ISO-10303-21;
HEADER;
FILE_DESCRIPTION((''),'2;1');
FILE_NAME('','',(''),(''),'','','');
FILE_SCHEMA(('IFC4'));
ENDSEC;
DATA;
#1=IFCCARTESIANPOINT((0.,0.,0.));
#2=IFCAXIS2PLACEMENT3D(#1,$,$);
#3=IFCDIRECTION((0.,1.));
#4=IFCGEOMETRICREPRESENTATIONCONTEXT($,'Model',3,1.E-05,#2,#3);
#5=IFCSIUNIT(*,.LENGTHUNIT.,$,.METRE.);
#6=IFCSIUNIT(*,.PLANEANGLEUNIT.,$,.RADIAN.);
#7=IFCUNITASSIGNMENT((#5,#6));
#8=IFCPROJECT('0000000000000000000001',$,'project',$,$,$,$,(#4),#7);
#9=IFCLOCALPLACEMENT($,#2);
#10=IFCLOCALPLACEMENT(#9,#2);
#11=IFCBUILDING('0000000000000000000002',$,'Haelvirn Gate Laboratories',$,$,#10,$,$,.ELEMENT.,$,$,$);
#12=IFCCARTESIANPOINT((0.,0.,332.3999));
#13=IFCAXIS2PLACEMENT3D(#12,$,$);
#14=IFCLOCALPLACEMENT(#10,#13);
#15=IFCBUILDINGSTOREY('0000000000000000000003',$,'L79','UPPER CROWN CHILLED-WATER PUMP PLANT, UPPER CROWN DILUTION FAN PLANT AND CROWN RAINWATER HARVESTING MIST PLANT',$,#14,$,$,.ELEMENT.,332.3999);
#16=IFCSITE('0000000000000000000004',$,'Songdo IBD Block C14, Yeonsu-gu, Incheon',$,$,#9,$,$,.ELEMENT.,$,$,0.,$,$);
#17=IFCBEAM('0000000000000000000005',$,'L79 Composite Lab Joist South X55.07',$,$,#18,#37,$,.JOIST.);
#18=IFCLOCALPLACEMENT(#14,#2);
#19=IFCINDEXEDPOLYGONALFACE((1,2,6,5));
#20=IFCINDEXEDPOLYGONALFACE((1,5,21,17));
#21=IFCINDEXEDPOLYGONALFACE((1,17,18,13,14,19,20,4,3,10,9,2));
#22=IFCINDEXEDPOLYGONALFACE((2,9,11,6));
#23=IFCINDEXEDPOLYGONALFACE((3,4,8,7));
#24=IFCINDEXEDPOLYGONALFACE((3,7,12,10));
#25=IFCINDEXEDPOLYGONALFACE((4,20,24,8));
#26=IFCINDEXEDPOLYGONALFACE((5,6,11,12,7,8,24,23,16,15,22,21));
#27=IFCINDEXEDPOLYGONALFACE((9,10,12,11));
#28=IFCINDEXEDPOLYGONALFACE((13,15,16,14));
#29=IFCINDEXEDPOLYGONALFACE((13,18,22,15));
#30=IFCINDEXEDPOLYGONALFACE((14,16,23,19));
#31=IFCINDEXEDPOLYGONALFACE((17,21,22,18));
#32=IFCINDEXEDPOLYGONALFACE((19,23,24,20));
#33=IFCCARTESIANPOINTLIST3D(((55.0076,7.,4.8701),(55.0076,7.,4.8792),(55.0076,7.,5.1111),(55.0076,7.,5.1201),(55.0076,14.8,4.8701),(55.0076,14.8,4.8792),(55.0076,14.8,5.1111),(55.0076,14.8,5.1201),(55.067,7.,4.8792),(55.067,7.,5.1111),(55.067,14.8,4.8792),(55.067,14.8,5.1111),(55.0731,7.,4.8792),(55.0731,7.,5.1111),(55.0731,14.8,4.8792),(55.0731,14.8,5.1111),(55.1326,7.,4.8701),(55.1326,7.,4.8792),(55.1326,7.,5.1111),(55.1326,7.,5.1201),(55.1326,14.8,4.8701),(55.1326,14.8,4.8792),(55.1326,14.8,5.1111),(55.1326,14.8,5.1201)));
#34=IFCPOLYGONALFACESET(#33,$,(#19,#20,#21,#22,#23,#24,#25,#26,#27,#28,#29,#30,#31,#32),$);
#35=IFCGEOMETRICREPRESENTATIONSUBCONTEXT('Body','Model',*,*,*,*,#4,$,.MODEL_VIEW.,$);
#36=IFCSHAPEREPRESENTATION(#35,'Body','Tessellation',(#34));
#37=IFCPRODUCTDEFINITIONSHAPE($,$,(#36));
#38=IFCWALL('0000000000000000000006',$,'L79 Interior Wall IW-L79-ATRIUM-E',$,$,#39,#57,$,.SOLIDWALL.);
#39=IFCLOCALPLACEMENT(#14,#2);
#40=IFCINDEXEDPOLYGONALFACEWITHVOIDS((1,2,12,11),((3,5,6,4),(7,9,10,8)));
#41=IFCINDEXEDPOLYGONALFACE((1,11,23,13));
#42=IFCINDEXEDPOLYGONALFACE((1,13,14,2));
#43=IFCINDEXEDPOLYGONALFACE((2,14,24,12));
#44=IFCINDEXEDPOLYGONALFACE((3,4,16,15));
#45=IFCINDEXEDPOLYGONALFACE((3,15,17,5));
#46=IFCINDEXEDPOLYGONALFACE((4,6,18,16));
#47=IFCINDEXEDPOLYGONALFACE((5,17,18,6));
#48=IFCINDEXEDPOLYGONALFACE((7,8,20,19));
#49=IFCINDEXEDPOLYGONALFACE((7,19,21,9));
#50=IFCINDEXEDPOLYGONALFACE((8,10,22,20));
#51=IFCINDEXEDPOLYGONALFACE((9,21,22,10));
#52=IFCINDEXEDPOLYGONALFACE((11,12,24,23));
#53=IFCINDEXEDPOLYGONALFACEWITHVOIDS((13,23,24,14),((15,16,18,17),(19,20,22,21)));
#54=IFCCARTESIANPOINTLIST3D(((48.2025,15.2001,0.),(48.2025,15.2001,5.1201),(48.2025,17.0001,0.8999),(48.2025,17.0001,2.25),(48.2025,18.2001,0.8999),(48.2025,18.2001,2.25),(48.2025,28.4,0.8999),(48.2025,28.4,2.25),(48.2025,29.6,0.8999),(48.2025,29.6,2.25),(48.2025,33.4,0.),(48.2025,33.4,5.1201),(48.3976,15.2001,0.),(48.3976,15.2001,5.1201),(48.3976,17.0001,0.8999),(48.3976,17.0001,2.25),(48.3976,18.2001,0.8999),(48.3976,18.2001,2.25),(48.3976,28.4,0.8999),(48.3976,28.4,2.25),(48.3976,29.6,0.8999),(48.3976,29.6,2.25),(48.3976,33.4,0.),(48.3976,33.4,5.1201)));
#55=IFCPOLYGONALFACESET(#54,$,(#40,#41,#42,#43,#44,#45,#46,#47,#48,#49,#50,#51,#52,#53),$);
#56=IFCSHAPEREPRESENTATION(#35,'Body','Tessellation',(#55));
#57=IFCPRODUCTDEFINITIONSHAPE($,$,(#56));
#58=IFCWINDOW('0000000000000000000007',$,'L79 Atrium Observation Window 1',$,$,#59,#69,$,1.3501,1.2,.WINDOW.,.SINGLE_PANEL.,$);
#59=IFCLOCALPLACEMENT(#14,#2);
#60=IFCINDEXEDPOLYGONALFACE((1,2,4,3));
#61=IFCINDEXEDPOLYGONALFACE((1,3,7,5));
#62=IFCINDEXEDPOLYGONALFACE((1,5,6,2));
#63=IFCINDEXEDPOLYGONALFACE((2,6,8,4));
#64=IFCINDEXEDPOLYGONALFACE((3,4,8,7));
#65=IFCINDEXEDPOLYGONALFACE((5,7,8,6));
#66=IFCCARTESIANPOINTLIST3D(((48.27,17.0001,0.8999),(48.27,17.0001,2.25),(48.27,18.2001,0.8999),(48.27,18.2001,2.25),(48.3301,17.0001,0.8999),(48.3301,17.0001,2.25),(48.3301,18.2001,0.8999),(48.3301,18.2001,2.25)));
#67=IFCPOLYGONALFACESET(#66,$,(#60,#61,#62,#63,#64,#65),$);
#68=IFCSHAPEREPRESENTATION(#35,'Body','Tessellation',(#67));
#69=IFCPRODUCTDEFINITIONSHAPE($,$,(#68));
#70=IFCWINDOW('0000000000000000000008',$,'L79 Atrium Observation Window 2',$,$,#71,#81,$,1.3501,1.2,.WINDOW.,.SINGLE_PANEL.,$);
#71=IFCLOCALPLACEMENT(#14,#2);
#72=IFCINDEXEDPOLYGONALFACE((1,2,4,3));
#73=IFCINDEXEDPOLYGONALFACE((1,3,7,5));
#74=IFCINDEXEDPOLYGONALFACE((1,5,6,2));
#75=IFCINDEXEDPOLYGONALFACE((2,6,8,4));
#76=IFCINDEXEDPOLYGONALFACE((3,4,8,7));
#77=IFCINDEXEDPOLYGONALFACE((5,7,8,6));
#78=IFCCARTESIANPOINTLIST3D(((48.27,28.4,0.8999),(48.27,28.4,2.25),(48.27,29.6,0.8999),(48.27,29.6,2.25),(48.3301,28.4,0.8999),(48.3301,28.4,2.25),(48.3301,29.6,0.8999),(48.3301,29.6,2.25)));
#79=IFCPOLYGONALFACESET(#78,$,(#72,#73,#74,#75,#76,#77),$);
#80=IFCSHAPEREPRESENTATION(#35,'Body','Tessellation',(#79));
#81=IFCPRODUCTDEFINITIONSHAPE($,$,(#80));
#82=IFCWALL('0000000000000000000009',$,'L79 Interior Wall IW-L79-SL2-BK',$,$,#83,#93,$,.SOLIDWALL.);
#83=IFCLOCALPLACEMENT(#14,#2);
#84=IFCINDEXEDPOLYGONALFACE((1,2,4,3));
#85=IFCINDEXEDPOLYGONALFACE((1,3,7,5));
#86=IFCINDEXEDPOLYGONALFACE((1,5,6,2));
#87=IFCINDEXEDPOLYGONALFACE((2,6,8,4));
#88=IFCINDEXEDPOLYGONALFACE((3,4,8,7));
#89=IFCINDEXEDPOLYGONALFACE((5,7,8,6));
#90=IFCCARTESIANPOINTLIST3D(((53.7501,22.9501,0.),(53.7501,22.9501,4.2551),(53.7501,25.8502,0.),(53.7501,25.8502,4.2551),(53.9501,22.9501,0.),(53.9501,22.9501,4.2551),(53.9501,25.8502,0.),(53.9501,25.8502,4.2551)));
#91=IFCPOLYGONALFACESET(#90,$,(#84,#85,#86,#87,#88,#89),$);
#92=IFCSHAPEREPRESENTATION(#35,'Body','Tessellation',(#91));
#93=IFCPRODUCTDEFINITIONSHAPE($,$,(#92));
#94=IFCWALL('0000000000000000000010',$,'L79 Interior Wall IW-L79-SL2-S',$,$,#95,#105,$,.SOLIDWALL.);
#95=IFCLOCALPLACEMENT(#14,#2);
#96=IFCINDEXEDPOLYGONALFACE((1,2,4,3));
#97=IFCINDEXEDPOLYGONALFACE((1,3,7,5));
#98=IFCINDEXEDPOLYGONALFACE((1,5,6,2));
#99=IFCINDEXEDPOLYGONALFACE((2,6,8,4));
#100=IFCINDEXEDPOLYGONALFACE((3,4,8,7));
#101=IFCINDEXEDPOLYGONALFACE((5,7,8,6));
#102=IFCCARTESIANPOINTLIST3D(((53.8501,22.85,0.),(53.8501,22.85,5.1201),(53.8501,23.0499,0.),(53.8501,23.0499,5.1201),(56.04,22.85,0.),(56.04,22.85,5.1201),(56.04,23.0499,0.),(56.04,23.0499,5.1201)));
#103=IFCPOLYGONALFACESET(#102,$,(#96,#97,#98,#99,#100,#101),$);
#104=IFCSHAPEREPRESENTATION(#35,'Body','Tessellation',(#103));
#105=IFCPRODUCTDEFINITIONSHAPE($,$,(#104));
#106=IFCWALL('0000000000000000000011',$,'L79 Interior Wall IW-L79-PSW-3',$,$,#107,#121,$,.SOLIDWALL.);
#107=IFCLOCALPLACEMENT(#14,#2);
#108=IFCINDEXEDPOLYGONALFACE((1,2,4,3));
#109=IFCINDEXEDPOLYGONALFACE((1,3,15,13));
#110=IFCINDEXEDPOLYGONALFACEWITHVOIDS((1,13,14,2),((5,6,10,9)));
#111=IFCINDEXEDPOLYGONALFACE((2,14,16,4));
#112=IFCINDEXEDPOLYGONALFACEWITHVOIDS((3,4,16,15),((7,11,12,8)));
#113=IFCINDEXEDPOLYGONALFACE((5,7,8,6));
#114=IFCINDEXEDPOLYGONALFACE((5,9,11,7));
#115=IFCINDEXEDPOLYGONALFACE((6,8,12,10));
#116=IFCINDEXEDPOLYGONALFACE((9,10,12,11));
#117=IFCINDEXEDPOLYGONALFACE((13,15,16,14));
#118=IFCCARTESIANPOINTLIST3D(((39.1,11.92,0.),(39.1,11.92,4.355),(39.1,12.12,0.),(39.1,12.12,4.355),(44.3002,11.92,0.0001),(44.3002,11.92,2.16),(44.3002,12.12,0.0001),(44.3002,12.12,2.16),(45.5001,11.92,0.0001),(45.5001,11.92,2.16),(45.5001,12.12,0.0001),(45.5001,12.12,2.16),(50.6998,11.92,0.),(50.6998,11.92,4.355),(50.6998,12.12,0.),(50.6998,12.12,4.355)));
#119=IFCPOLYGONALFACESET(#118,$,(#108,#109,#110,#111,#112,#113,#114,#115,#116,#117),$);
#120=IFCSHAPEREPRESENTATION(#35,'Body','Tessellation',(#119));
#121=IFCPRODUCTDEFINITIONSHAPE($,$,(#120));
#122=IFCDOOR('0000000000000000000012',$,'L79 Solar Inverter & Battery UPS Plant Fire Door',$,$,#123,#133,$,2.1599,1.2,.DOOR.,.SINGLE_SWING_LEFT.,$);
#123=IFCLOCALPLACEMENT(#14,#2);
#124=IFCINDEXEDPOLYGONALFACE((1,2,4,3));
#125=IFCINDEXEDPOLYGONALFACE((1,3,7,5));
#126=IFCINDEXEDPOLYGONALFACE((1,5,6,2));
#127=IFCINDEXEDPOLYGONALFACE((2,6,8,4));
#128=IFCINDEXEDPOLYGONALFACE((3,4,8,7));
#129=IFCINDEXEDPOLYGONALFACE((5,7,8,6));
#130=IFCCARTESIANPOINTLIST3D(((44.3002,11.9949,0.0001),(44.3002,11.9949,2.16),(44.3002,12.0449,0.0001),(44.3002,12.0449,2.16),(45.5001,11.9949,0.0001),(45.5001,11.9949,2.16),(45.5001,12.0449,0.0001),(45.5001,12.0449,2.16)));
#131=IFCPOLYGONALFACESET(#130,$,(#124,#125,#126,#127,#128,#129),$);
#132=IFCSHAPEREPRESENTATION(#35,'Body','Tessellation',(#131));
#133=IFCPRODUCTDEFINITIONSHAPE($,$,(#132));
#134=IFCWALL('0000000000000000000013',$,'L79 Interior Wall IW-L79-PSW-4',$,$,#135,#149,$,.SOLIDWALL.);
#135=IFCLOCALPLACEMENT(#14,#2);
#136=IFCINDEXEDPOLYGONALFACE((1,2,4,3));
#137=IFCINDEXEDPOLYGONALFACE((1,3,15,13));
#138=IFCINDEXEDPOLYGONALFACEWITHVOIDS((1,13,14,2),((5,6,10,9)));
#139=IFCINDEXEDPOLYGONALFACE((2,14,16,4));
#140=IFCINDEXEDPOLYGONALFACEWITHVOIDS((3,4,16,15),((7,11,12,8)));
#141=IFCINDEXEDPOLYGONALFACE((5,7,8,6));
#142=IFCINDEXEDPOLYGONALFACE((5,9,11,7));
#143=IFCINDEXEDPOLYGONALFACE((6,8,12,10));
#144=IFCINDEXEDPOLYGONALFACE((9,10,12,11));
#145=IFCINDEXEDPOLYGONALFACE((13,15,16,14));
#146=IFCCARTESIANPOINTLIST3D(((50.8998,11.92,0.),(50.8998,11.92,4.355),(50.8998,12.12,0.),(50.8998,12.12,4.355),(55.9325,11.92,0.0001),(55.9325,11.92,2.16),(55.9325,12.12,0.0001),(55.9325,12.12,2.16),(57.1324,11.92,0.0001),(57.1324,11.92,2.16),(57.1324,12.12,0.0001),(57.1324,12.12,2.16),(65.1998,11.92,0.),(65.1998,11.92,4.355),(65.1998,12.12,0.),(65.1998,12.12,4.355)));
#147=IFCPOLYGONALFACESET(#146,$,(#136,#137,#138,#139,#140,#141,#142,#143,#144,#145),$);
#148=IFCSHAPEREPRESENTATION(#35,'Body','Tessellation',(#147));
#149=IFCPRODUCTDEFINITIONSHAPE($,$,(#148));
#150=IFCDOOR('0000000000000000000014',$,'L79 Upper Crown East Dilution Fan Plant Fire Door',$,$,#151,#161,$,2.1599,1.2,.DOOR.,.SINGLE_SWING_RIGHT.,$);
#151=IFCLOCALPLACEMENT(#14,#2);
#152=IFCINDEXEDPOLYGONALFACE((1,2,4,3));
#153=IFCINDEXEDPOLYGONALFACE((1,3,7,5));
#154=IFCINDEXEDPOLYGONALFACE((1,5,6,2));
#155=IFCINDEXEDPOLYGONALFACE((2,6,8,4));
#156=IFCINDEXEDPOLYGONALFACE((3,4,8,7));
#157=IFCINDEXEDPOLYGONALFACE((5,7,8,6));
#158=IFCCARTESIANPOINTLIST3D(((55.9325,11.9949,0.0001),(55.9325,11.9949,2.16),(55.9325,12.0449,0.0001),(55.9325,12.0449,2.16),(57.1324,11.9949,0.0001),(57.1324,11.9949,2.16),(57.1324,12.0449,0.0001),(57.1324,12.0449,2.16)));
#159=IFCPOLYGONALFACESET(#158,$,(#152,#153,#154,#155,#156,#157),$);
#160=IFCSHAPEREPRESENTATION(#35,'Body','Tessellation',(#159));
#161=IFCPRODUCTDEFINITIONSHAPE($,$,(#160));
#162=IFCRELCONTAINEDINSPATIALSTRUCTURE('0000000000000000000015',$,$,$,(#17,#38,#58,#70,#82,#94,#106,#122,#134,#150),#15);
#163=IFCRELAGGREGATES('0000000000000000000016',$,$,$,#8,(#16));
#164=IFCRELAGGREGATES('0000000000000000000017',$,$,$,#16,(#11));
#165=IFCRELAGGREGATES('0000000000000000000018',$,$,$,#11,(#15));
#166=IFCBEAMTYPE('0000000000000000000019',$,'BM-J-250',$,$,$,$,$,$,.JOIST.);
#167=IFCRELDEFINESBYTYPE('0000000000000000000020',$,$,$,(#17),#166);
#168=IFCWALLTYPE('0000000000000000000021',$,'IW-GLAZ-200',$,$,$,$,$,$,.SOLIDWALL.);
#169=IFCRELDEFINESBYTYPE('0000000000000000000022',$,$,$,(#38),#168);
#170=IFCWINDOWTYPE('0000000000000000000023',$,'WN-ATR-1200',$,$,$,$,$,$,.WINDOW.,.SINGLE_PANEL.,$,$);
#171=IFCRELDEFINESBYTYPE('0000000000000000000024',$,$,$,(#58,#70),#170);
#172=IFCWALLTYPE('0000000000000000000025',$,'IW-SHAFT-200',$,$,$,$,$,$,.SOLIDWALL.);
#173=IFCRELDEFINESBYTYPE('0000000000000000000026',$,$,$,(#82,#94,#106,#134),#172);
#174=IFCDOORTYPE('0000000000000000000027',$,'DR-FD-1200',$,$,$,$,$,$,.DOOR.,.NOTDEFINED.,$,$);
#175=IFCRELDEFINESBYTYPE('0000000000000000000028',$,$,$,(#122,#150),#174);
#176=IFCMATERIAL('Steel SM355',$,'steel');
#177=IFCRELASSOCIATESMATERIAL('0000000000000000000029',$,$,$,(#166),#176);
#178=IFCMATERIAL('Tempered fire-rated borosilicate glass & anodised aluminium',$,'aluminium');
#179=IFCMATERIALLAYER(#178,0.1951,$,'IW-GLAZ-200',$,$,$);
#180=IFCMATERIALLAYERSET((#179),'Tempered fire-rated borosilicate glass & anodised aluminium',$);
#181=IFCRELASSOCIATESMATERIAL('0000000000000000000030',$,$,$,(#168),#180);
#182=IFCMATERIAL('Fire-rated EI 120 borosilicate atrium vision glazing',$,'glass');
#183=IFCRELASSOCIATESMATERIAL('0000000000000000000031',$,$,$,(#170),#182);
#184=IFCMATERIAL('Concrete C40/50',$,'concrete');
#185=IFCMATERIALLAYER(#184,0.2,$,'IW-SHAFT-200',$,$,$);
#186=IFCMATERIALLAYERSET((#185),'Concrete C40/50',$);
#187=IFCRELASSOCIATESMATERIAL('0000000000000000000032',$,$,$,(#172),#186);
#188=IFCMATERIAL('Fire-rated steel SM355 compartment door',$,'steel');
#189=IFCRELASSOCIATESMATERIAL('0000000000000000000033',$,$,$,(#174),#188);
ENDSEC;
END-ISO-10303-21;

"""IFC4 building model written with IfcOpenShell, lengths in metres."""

from ifc_helpers import new_model, si_unit, direction, frame, frame_2d, origin, origin_2d, place, context, subcontext, project, spatial, rectangle, i_section, extrude, source, transform, mapped, material, layer, layer_set, material_profile, profile_set, type_object, type_shapes, element, fill, save


model = new_model("IFC4")

# Units and contexts
model_context = context("Model", 3, precision=1e-05, world=origin(), true_north=direction((0.0, 1.0)))
body_context = subcontext(model_context, "Body", "Model", "MODEL_VIEW")
ifc_project = project(units=[si_unit("LENGTHUNIT", "METRE"), si_unit("PLANEANGLEUNIT", "RADIAN")], contexts=[model_context])

# Site, building, storey
site_placement = place(None, origin())
site = spatial("IfcSite", under=ifc_project, at=site_placement, Name="Songdo IBD Block C14, Yeonsu-gu, Incheon", CompositionType="ELEMENT", RefElevation=0.0)
building_placement = place(site_placement, origin())
building = spatial("IfcBuilding", under=site, at=building_placement, Name="Haelvirn Gate Laboratories", CompositionType="ELEMENT")
storey_placement = place(building_placement, frame((0.0, 0.0, 332.3999)))
storey = spatial("IfcBuildingStorey", under=building, at=storey_placement, Name="L79", Description="UPPER CROWN CHILLED-WATER PUMP PLANT, UPPER CROWN DILUTION FAN PLANT AND CROWN RAINWATER HARVESTING MIST PLANT", CompositionType="ELEMENT", Elevation=332.3999)

# Shared definitions
ifc_material_1 = material(Name="Steel SM355", Category="steel")

# Beam
ifc_material_profile_1 = material_profile(ifc_material_1, i_section(OverallWidth=0.125, OverallDepth=0.25, WebThickness=0.0061, FlangeThickness=0.009, at=origin_2d()), Name="H-250x125x6x9")
ifc_profile_set_1 = profile_set([ifc_material_profile_1], Name="Steel SM355")
beam_type_1 = type_object("IfcBeamType", Name="BM-J-250", PredefinedType="JOIST", material=ifc_profile_set_1)
shared_shape_1 = source(origin(), body_context, "Body", "SweptSolid", [
    extrude(i_section(OverallWidth=0.125, OverallDepth=0.25, WebThickness=0.0061, FlangeThickness=0.009, at=origin_2d()), origin(), (0.0, 0.0, 1.0), 7.8),
])
type_shapes(beam_type_1, [shared_shape_1])
beam_1_placement = place(storey_placement, frame((55.0701, 7.0, 4.9951), z_axis=(0.0, 1.0, 0.0), x_axis=(-1.0, 0.0, 0.0)))
element("IfcBeam", 1, at=beam_1_placement, inside=storey, type_object=beam_type_1, Name="L79 Composite Lab Joist South X55.07", PredefinedType="JOIST", context=body_context, shape_type="MappedRepresentation", body=[
    mapped(shared_shape_1, transform((0.0, 0.0, 0.0), scale=1.0)),
])

# Wall, openings, windows
ifc_material_2 = material(Name="Tempered fire-rated borosilicate glass & anodised aluminium", Category="aluminium")
ifc_layer_1 = layer(ifc_material_2, 0.1951, Name="IW-GLAZ-200")
ifc_layer_set_1 = layer_set([ifc_layer_1], Name="Tempered fire-rated borosilicate glass & anodised aluminium")
wall_type_1 = type_object("IfcWallType", Name="IW-GLAZ-200", PredefinedType="SOLIDWALL", material=ifc_layer_set_1)
wall_1_placement = place(storey_placement, frame((48.3, 15.2, 0.0), z_axis=(0.0, 0.0, 1.0), x_axis=(0.0, 1.0, 0.0)))
wall_1 = element("IfcWall", 2, at=wall_1_placement, inside=storey, type_object=wall_type_1, Name="L79 Interior Wall IW-L79-ATRIUM-E", PredefinedType="SOLIDWALL", context=body_context, shape_type="SweptSolid", body=[
    extrude(rectangle(XDim=18.2, YDim=0.1951, at=frame_2d((9.1001, 0.0))), origin(), (0.0, 0.0, 1.0), 5.1201),
])
opening_1_placement = place(wall_1_placement, frame((1.8, 0.0, 0.8999)))
opening_1 = element("IfcOpeningElement", 3, at=opening_1_placement, cuts=wall_1, PredefinedType="OPENING", context=body_context, shape_type="SweptSolid", body=[
    extrude(rectangle(XDim=1.2, YDim=1.3501, at=frame_2d((0.6001, 0.675))), frame((0.0, 0.1074, 0.0), z_axis=(0.0, -1.0, 0.0), x_axis=(1.0, 0.0, 0.0)), (0.0, 0.0, 1.0), 0.2151),
])
opening_2_placement = place(wall_1_placement, frame((13.2, 0.0, 0.8999)))
opening_2 = element("IfcOpeningElement", 4, at=opening_2_placement, cuts=wall_1, PredefinedType="OPENING", context=body_context, shape_type="SweptSolid", body=[
    extrude(rectangle(XDim=1.2, YDim=1.3501, at=frame_2d((0.6001, 0.675))), frame((0.0, 0.1074, 0.0), z_axis=(0.0, -1.0, 0.0), x_axis=(1.0, 0.0, 0.0)), (0.0, 0.0, 1.0), 0.2151),
])
ifc_material_3 = material(Name="Fire-rated EI 120 borosilicate atrium vision glazing", Category="glass")
window_type = type_object("IfcWindowType", Name="WN-ATR-1200", PartitioningType="SINGLE_PANEL", PredefinedType="WINDOW", material=ifc_material_3)
shared_shape_2 = source(origin(), body_context, "Body", "SweptSolid", [
    extrude(rectangle(XDim=1.2, YDim=1.3501, at=frame_2d((0.6001, 0.675))), frame((0.0, 0.03, 0.0), z_axis=(0.0, -1.0, 0.0), x_axis=(1.0, 0.0, 0.0)), (0.0, 0.0, 1.0), 0.0601),
])
type_shapes(window_type, [shared_shape_2])
window_1_placement = place(opening_1_placement, origin())
window_1 = element("IfcWindow", 5, at=window_1_placement, inside=storey, type_object=window_type, Name="L79 Atrium Observation Window 1", OverallHeight=1.3501, OverallWidth=1.2, PartitioningType="SINGLE_PANEL", PredefinedType="WINDOW", context=body_context, shape_type="MappedRepresentation", body=[
    mapped(shared_shape_2, transform((0.0, 0.0, 0.0), scale=1.0)),
])
fill(opening_1, window_1)
window_2_placement = place(opening_2_placement, origin())
window_2 = element("IfcWindow", 6, at=window_2_placement, inside=storey, type_object=window_type, Name="L79 Atrium Observation Window 2", OverallHeight=1.3501, OverallWidth=1.2, PartitioningType="SINGLE_PANEL", PredefinedType="WINDOW", context=body_context, shape_type="MappedRepresentation", body=[
    mapped(shared_shape_2, transform((0.0, 0.0, 0.0), scale=1.0)),
])
fill(opening_2, window_2)

# Walls
ifc_material_4 = material(Name="Concrete C40/50", Category="concrete")
ifc_layer_2 = layer(ifc_material_4, 0.2, Name="IW-SHAFT-200")
ifc_layer_set_2 = layer_set([ifc_layer_2], Name="Concrete C40/50")
wall_type_2 = type_object("IfcWallType", Name="IW-SHAFT-200", PredefinedType="SOLIDWALL", material=ifc_layer_set_2)
wall_2_placement = place(storey_placement, frame((53.8501, 22.95, 0.0), z_axis=(0.0, 0.0, 1.0), x_axis=(0.0, 1.0, 0.0)))
element("IfcWall", 7, at=wall_2_placement, inside=storey, type_object=wall_type_2, Name="L79 Interior Wall IW-L79-SL2-BK", PredefinedType="SOLIDWALL", context=body_context, shape_type="SweptSolid", body=[
    extrude(rectangle(XDim=2.9001, YDim=0.2, at=frame_2d((1.4502, 0.0))), origin(), (0.0, 0.0, 1.0), 4.2551),
])
wall_3_placement = place(storey_placement, frame((53.8501, 22.95, 0.0), z_axis=(0.0, 0.0, 1.0), x_axis=(1.0, 0.0, 0.0)))
element("IfcWall", 8, at=wall_3_placement, inside=storey, type_object=wall_type_2, Name="L79 Interior Wall IW-L79-SL2-S", PredefinedType="SOLIDWALL", context=body_context, shape_type="SweptSolid", body=[
    extrude(rectangle(XDim=2.1899, YDim=0.2, at=frame_2d((1.095, 0.0))), origin(), (0.0, 0.0, 1.0), 5.1201),
])

# Walls, openings, doors
wall_4_placement = place(storey_placement, frame((39.1001, 12.02, 0.0), z_axis=(0.0, 0.0, 1.0), x_axis=(1.0, 0.0, 0.0)))
wall_4 = element("IfcWall", 9, at=wall_4_placement, inside=storey, type_object=wall_type_2, Name="L79 Interior Wall IW-L79-PSW-3", PredefinedType="SOLIDWALL", context=body_context, shape_type="SweptSolid", body=[
    extrude(rectangle(XDim=11.5999, YDim=0.2, at=frame_2d((5.7998, 0.0))), origin(), (0.0, 0.0, 1.0), 4.355),
])
opening_3_placement = place(wall_4_placement, frame((5.2, 0.0, 0.0)))
opening_3 = element("IfcOpeningElement", 10, at=opening_3_placement, cuts=wall_4, PredefinedType="OPENING", context=body_context, shape_type="SweptSolid", body=[
    extrude(rectangle(XDim=1.2, YDim=2.1599, at=frame_2d((0.6001, 1.0801))), frame((0.0, 0.1099, 0.0), z_axis=(0.0, -1.0, 0.0), x_axis=(1.0, 0.0, 0.0)), (0.0, 0.0, 1.0), 0.22),
])
ifc_material_5 = material(Name="Fire-rated steel SM355 compartment door", Category="steel")
door_type_1 = type_object("IfcDoorType", Name="DR-FD-1200", OperationType="NOTDEFINED", PredefinedType="DOOR", material=ifc_material_5)
shared_shape_3 = source(origin(), body_context, "Body", "SweptSolid", [
    extrude(rectangle(XDim=1.2, YDim=2.1599, at=frame_2d((0.6001, 1.0801))), frame((0.0, 0.0249, 0.0), z_axis=(0.0, -1.0, 0.0), x_axis=(1.0, 0.0, 0.0)), (0.0, 0.0, 1.0), 0.05),
])
type_shapes(door_type_1, [shared_shape_3])
door_1_placement = place(opening_3_placement, origin())
door_1 = element("IfcDoor", 11, at=door_1_placement, inside=storey, type_object=door_type_1, Name="L79 Solar Inverter & Battery UPS Plant Fire Door", OperationType="SINGLE_SWING_LEFT", OverallHeight=2.1599, OverallWidth=1.2, PredefinedType="DOOR", context=body_context, shape_type="MappedRepresentation", body=[
    mapped(shared_shape_3, transform((0.0, 0.0, 0.0), scale=1.0)),
])
fill(opening_3, door_1)
wall_5_placement = place(storey_placement, frame((50.8999, 12.02, 0.0), z_axis=(0.0, 0.0, 1.0), x_axis=(1.0, 0.0, 0.0)))
wall_5 = element("IfcWall", 12, at=wall_5_placement, inside=storey, type_object=wall_type_2, Name="L79 Interior Wall IW-L79-PSW-4", PredefinedType="SOLIDWALL", context=body_context, shape_type="SweptSolid", body=[
    extrude(rectangle(XDim=14.3, YDim=0.2, at=frame_2d((7.1499, 0.0))), origin(), (0.0, 0.0, 1.0), 4.355),
])
opening_4_placement = place(wall_5_placement, frame((5.0325, 0.0, 0.0)))
opening_4 = element("IfcOpeningElement", 13, at=opening_4_placement, cuts=wall_5, PredefinedType="OPENING", context=body_context, shape_type="SweptSolid", body=[
    extrude(rectangle(XDim=1.2, YDim=2.1599, at=frame_2d((0.6001, 1.0801))), frame((0.0, 0.1099, 0.0), z_axis=(0.0, -1.0, 0.0), x_axis=(1.0, 0.0, 0.0)), (0.0, 0.0, 1.0), 0.22),
])
door_2_placement = place(opening_4_placement, origin())
door_2 = element("IfcDoor", 14, at=door_2_placement, inside=storey, type_object=door_type_1, Name="L79 Upper Crown East Dilution Fan Plant Fire Door", OperationType="SINGLE_SWING_RIGHT", OverallHeight=2.1599, OverallWidth=1.2, PredefinedType="DOOR", context=body_context, shape_type="MappedRepresentation", body=[
    mapped(shared_shape_3, transform((0.0, 0.0, 0.0), scale=1.0)),
])
fill(opening_4, door_2)

save(model, "model.ifc")
